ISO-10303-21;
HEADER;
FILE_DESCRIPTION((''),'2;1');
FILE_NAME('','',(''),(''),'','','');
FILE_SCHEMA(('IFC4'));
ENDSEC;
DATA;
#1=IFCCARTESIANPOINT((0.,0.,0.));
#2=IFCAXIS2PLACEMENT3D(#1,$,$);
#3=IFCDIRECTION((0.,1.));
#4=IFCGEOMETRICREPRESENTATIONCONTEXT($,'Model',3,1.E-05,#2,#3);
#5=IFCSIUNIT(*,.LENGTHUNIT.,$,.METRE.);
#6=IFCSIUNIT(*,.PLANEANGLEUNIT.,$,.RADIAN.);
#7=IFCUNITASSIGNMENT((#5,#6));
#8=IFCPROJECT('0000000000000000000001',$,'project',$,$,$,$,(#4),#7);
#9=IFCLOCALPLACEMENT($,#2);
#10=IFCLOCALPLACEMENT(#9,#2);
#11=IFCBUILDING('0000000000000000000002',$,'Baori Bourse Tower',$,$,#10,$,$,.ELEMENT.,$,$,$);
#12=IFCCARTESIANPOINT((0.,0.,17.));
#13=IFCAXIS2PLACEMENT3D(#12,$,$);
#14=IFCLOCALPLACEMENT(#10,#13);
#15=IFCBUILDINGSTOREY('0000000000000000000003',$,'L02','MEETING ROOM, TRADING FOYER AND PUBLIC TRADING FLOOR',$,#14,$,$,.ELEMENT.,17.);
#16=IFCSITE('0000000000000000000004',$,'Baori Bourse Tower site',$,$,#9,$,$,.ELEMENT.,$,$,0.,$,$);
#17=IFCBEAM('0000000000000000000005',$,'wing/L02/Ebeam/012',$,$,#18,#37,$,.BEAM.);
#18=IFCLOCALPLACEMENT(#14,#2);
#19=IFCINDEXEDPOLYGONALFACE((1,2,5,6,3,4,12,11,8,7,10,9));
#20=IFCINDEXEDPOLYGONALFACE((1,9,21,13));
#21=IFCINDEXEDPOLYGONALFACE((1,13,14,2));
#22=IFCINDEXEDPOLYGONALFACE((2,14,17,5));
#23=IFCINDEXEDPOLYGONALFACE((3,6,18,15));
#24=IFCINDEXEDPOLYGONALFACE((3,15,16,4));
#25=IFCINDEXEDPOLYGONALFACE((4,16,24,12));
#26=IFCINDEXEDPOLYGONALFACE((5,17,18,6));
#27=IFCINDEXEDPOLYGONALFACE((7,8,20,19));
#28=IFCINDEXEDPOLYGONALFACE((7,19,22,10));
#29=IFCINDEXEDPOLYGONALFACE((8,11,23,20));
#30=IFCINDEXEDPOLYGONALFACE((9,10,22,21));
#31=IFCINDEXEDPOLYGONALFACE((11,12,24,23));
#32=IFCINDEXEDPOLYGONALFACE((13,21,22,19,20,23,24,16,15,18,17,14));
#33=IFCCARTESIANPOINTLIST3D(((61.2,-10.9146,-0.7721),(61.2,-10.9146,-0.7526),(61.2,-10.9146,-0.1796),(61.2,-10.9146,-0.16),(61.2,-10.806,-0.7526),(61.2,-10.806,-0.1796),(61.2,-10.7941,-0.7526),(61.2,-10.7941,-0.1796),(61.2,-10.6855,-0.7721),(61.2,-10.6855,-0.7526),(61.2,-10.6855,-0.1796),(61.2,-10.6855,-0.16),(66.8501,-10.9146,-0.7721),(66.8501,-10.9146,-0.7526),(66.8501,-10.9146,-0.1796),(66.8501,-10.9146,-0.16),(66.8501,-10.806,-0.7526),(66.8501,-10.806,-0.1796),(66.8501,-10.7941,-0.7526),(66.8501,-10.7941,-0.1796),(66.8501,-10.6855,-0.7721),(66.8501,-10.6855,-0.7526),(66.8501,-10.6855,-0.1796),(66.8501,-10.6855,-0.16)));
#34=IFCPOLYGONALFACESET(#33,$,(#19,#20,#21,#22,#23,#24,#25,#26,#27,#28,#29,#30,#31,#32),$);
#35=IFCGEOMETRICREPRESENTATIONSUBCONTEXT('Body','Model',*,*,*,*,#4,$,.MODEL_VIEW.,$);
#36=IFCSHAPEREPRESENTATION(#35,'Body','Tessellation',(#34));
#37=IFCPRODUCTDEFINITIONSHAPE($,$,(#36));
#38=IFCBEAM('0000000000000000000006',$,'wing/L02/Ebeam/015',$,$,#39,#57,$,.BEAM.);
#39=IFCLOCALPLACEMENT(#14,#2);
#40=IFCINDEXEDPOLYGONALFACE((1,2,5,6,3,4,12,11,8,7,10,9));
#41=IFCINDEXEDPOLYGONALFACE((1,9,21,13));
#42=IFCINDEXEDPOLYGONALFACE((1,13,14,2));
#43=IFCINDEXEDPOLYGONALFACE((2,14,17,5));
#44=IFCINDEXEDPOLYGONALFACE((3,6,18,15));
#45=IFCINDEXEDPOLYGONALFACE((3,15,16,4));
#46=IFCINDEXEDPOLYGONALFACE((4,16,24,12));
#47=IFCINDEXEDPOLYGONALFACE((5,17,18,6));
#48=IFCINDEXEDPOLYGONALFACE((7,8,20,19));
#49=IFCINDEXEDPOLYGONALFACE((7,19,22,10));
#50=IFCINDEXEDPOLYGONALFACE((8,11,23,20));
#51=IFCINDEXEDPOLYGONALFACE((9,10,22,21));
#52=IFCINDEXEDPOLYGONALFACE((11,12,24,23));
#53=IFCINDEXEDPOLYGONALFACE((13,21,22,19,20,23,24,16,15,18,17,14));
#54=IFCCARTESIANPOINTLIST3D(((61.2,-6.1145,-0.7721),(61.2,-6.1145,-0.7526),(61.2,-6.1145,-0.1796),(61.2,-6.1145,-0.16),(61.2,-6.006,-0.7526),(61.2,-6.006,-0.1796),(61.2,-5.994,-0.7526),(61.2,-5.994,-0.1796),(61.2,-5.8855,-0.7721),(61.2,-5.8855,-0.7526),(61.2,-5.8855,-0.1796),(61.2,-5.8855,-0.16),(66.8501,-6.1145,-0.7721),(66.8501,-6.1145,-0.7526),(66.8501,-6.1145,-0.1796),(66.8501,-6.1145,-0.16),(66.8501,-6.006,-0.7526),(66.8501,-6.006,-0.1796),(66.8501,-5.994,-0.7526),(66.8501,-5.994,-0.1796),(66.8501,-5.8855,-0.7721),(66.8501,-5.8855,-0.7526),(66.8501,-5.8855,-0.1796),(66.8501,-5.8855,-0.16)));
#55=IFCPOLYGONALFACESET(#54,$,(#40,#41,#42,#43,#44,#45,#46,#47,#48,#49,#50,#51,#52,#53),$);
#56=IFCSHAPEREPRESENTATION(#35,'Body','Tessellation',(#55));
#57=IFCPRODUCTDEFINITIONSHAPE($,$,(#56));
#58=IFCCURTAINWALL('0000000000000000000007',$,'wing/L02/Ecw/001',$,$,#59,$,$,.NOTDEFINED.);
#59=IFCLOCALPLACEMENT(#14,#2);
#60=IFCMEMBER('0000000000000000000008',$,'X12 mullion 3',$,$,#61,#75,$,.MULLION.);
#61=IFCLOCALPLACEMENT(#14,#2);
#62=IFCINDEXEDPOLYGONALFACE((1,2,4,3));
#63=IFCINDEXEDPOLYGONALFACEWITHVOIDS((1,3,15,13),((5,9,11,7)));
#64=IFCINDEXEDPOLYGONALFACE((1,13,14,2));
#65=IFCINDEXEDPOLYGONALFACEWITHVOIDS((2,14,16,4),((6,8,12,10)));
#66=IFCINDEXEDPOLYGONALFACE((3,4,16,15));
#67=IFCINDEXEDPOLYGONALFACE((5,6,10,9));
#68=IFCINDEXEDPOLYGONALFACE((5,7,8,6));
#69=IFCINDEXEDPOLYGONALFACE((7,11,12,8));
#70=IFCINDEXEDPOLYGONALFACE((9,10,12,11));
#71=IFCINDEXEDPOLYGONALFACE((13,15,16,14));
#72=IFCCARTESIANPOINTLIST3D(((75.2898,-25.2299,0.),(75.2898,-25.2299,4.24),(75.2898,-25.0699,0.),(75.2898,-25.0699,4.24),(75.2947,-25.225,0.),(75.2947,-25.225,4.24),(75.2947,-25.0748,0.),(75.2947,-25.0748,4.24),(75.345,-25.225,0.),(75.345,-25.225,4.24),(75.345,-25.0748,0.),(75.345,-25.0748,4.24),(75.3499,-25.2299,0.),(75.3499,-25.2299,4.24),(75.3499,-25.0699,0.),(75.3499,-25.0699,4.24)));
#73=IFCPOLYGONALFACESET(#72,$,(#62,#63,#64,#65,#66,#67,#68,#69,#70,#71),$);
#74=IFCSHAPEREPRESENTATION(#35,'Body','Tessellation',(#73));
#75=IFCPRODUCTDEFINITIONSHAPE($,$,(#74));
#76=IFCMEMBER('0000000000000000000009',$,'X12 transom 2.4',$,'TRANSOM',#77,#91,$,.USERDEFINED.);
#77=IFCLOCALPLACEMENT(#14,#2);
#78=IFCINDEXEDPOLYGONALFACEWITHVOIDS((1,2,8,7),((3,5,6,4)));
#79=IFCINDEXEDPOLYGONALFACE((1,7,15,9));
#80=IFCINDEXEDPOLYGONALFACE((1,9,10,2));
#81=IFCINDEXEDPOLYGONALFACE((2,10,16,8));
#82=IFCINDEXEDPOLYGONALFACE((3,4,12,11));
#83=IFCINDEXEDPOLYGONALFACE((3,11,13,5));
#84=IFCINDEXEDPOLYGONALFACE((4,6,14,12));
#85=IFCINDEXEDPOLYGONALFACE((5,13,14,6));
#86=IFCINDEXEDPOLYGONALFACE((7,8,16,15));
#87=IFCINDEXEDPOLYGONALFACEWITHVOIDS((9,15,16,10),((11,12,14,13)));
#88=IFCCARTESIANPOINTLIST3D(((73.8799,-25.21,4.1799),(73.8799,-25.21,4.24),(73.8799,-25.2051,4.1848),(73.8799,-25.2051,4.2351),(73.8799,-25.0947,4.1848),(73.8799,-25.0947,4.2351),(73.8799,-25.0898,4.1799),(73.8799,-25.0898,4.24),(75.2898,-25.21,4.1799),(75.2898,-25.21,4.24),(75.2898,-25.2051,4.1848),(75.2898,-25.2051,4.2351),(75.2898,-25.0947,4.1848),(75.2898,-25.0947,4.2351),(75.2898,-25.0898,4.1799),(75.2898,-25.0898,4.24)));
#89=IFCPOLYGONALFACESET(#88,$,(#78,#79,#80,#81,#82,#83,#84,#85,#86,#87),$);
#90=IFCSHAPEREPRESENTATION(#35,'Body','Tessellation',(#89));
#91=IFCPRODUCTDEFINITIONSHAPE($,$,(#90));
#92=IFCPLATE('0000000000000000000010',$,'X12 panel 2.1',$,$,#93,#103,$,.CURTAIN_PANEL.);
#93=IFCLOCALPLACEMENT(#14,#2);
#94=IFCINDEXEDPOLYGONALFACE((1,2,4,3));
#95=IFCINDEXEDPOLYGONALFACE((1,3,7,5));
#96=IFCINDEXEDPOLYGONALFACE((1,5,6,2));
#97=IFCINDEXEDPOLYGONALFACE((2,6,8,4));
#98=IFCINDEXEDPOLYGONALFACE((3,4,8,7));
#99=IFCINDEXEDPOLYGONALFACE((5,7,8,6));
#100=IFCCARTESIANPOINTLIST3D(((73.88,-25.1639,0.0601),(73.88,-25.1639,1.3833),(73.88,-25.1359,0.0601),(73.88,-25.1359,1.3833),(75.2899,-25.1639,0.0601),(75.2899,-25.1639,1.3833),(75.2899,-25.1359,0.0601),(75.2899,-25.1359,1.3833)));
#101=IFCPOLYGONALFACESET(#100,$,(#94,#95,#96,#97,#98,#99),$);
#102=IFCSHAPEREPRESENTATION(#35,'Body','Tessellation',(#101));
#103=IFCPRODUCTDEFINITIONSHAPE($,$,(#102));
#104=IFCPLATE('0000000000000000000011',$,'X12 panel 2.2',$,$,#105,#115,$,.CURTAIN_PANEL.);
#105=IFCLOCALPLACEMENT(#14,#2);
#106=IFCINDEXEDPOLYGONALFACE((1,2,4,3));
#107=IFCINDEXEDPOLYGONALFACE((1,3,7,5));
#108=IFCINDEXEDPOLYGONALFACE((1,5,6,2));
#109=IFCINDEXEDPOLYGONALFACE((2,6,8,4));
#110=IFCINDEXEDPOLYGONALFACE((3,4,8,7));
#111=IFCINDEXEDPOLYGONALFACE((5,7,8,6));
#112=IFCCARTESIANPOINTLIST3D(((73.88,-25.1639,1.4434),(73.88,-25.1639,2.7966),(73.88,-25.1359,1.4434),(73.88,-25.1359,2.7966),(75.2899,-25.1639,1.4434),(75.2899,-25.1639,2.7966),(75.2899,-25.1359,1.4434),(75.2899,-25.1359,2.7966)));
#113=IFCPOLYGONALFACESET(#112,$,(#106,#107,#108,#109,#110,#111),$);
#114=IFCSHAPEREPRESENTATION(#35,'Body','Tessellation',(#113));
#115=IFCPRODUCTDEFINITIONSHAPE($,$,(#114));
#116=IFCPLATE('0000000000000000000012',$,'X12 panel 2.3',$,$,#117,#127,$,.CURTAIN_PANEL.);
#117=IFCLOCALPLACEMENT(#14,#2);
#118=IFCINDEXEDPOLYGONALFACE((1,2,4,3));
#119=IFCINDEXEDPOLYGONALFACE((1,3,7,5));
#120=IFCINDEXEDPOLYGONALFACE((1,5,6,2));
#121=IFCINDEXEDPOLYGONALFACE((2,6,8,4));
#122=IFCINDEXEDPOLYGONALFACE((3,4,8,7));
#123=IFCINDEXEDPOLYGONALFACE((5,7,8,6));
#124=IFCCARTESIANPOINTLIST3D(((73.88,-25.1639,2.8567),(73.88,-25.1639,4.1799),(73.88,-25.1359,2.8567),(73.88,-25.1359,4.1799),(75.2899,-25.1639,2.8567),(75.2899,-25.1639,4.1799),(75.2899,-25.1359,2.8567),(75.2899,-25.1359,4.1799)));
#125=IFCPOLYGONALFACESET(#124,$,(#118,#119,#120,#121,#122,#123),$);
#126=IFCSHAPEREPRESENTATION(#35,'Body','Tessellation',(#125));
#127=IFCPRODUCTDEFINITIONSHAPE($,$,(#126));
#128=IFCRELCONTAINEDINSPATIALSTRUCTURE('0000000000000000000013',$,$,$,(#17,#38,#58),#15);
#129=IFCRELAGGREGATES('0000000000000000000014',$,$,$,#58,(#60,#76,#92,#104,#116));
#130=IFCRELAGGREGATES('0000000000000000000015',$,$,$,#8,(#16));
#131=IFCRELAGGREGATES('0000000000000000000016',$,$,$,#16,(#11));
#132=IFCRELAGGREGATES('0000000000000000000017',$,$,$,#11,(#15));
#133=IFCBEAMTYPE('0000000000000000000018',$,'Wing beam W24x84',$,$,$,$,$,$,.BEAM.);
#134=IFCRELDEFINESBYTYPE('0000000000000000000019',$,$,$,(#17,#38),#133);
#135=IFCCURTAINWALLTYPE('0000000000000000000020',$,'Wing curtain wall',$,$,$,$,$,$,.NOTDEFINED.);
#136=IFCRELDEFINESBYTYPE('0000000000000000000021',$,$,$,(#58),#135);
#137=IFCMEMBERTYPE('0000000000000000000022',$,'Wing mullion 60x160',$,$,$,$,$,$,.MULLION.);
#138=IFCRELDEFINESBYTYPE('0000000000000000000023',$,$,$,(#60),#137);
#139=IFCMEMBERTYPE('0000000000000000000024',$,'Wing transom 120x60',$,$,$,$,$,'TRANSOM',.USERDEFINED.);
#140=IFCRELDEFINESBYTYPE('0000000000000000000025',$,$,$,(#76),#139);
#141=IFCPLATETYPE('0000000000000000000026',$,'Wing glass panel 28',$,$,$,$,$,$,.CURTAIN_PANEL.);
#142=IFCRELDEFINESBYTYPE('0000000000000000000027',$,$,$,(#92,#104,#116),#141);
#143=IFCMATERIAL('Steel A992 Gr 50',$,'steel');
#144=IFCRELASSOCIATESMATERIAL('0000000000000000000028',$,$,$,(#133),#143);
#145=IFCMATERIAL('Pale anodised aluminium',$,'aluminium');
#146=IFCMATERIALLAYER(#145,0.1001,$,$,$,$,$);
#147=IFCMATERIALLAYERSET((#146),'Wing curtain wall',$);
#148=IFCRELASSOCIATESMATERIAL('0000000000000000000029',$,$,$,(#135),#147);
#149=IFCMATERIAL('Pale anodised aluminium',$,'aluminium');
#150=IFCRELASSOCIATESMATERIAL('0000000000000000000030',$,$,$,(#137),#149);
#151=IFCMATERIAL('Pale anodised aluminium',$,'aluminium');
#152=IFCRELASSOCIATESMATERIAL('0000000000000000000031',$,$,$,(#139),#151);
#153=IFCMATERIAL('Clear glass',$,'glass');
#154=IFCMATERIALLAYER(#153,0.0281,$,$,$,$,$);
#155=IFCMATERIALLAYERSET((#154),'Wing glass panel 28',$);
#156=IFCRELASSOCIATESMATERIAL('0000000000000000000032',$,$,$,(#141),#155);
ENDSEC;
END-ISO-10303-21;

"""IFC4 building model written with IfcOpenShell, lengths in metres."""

from ifc_helpers import new_model, si_unit, direction, frame, origin, origin_2d, place, context, subcontext, project, spatial, rectangle, hollow_rectangle, i_section, extrude, material, layer, layer_set, material_profile, profile_set, type_object, element, aggregate, save


model = new_model("IFC4")

# Units and contexts
model_context = context("Model", 3, precision=1e-05, world=origin(), true_north=direction((0.0, 1.0)))
body_context = subcontext(model_context, "Body", "Model", "MODEL_VIEW")
ifc_project = project(units=[si_unit("LENGTHUNIT", "METRE"), si_unit("PLANEANGLEUNIT", "RADIAN")], contexts=[model_context])

# Site, building, storey
site_placement = place(None, origin())
site = spatial("IfcSite", under=ifc_project, at=site_placement, Name="Baori Bourse Tower site", CompositionType="ELEMENT", RefElevation=0.0)
building_placement = place(site_placement, origin())
building = spatial("IfcBuilding", under=site, at=building_placement, Name="Baori Bourse Tower", CompositionType="ELEMENT")
storey_placement = place(building_placement, frame((0.0, 0.0, 17.0)))
storey = spatial("IfcBuildingStorey", under=building, at=storey_placement, Name="L02", Description="MEETING ROOM, TRADING FOYER AND PUBLIC TRADING FLOOR", CompositionType="ELEMENT", Elevation=17.0)

# Beams
ifc_material_1 = material(Name="Steel A992 Gr 50", Category="steel")
ifc_material_profile_1 = material_profile(ifc_material_1, i_section(OverallWidth=0.229, OverallDepth=0.6121, WebThickness=0.012, FlangeThickness=0.0195, at=origin_2d()), Name="W24x84")
ifc_profile_set_1 = profile_set([ifc_material_profile_1], Name="Steel A992 Gr 50")
beam_type_1 = type_object("IfcBeamType", Name="Wing beam W24x84", PredefinedType="BEAM", material=ifc_profile_set_1)
for number, where, z_axis, x_axis, name in (
    (1, (66.8501, -10.8, -0.4661), (-1.0, 0.0, 0.0), (0.0, -1.0, 0.0), "wing/L02/Ebeam/012"),
    (2, (66.8501, -6.0, -0.4661), (-1.0, 0.0, 0.0), (0.0, -1.0, 0.0), "wing/L02/Ebeam/015"),
):
    element("IfcBeam", number, at=place(storey_placement, frame(where, z_axis=z_axis, x_axis=x_axis)), inside=storey, type_object=beam_type_1, Name=name, PredefinedType="BEAM", context=body_context, shape_type="SweptSolid", body=[
        extrude(i_section(OverallWidth=0.229, OverallDepth=0.6121, WebThickness=0.012, FlangeThickness=0.0195, at=origin_2d()), origin(), (0.0, 0.0, 1.0), 5.6501),
    ])

# Curtain wall, members, plates
ifc_material_2 = material(Name="Pale anodised aluminium", Category="aluminium")
ifc_layer_1 = layer(ifc_material_2, 0.1001)
ifc_layer_set_1 = layer_set([ifc_layer_1], Name="Wing curtain wall")
curtain_wall_type = type_object("IfcCurtainWallType", Name="Wing curtain wall", PredefinedType="NOTDEFINED", material=ifc_layer_set_1)
curtain_wall_placement = place(storey_placement, origin())
curtain_wall = element("IfcCurtainWall", 3, at=curtain_wall_placement, inside=storey, type_object=curtain_wall_type, Name="wing/L02/Ecw/001", PredefinedType="NOTDEFINED")
ifc_material_3 = material(Name="Pale anodised aluminium", Category="aluminium")
ifc_material_profile_2 = material_profile(ifc_material_3, hollow_rectangle(XDim=0.1599, YDim=0.0601, WallThickness=0.0049, at=origin_2d()), Name="Mullion 160x60x5")
ifc_profile_set_2 = profile_set([ifc_material_profile_2], Name="Pale anodised aluminium")
member_type_1 = type_object("IfcMemberType", Name="Wing mullion 60x160", PredefinedType="MULLION", material=ifc_profile_set_2)
member_1_placement = place(storey_placement, frame((75.3198, -25.1499, 0.0), z_axis=(0.0, 0.0, 1.0), x_axis=(0.0, 1.0, 0.0)))
member_1 = element("IfcMember", 4, at=member_1_placement, type_object=member_type_1, Name="X12 mullion 3", PredefinedType="MULLION", context=body_context, shape_type="SweptSolid", body=[
    extrude(hollow_rectangle(XDim=0.1599, YDim=0.0601, WallThickness=0.0049, at=origin_2d()), origin(), (0.0, 0.0, 1.0), 4.24),
])
ifc_material_4 = material(Name="Pale anodised aluminium", Category="aluminium")
ifc_material_profile_3 = material_profile(ifc_material_4, hollow_rectangle(XDim=0.1201, YDim=0.0601, WallThickness=0.0049, at=origin_2d()), Name="Transom 120x60x5")
ifc_profile_set_3 = profile_set([ifc_material_profile_3], Name="Pale anodised aluminium")
member_type_2 = type_object("IfcMemberType", Name="Wing transom 120x60", ElementType="TRANSOM", PredefinedType="USERDEFINED", material=ifc_profile_set_3)
member_2_placement = place(storey_placement, frame((73.8799, -25.1499, 4.21), z_axis=(1.0, 0.0, 0.0), x_axis=(0.0, 1.0, 0.0)))
member_2 = element("IfcMember", 5, at=member_2_placement, type_object=member_type_2, Name="X12 transom 2.4", ObjectType="TRANSOM", PredefinedType="USERDEFINED", context=body_context, shape_type="SweptSolid", body=[
    extrude(hollow_rectangle(XDim=0.1201, YDim=0.0601, WallThickness=0.0049, at=origin_2d()), origin(), (0.0, 0.0, 1.0), 1.4099),
])
ifc_material_5 = material(Name="Clear glass", Category="glass")
ifc_layer_2 = layer(ifc_material_5, 0.0281)
ifc_layer_set_2 = layer_set([ifc_layer_2], Name="Wing glass panel 28")
plate_type = type_object("IfcPlateType", Name="Wing glass panel 28", PredefinedType="CURTAIN_PANEL", material=ifc_layer_set_2)
plate_1_placement = place(storey_placement, frame((74.585, -25.1499, 0.0601), z_axis=(0.0, 0.0, 1.0), x_axis=(1.0, 0.0, 0.0)))
plate_1 = element("IfcPlate", 6, at=plate_1_placement, type_object=plate_type, Name="X12 panel 2.1", PredefinedType="CURTAIN_PANEL", context=body_context, shape_type="SweptSolid", body=[
    extrude(rectangle(XDim=1.4099, YDim=0.0281, at=origin_2d()), origin(), (0.0, 0.0, 1.0), 1.3232),
])
plate_2_placement = place(storey_placement, frame((74.585, -25.1499, 1.4434), z_axis=(0.0, 0.0, 1.0), x_axis=(1.0, 0.0, 0.0)))
plate_2 = element("IfcPlate", 7, at=plate_2_placement, type_object=plate_type, Name="X12 panel 2.2", PredefinedType="CURTAIN_PANEL", context=body_context, shape_type="SweptSolid", body=[
    extrude(rectangle(XDim=1.4099, YDim=0.0281, at=origin_2d()), origin(), (0.0, 0.0, 1.0), 1.3533),
])
plate_3_placement = place(storey_placement, frame((74.585, -25.1499, 2.8567), z_axis=(0.0, 0.0, 1.0), x_axis=(1.0, 0.0, 0.0)))
plate_3 = element("IfcPlate", 8, at=plate_3_placement, type_object=plate_type, Name="X12 panel 2.3", PredefinedType="CURTAIN_PANEL", context=body_context, shape_type="SweptSolid", body=[
    extrude(rectangle(XDim=1.4099, YDim=0.0281, at=origin_2d()), origin(), (0.0, 0.0, 1.0), 1.3232),
])
aggregate(curtain_wall, [member_1, member_2, plate_1, plate_2, plate_3])

save(model, "model.ifc")
